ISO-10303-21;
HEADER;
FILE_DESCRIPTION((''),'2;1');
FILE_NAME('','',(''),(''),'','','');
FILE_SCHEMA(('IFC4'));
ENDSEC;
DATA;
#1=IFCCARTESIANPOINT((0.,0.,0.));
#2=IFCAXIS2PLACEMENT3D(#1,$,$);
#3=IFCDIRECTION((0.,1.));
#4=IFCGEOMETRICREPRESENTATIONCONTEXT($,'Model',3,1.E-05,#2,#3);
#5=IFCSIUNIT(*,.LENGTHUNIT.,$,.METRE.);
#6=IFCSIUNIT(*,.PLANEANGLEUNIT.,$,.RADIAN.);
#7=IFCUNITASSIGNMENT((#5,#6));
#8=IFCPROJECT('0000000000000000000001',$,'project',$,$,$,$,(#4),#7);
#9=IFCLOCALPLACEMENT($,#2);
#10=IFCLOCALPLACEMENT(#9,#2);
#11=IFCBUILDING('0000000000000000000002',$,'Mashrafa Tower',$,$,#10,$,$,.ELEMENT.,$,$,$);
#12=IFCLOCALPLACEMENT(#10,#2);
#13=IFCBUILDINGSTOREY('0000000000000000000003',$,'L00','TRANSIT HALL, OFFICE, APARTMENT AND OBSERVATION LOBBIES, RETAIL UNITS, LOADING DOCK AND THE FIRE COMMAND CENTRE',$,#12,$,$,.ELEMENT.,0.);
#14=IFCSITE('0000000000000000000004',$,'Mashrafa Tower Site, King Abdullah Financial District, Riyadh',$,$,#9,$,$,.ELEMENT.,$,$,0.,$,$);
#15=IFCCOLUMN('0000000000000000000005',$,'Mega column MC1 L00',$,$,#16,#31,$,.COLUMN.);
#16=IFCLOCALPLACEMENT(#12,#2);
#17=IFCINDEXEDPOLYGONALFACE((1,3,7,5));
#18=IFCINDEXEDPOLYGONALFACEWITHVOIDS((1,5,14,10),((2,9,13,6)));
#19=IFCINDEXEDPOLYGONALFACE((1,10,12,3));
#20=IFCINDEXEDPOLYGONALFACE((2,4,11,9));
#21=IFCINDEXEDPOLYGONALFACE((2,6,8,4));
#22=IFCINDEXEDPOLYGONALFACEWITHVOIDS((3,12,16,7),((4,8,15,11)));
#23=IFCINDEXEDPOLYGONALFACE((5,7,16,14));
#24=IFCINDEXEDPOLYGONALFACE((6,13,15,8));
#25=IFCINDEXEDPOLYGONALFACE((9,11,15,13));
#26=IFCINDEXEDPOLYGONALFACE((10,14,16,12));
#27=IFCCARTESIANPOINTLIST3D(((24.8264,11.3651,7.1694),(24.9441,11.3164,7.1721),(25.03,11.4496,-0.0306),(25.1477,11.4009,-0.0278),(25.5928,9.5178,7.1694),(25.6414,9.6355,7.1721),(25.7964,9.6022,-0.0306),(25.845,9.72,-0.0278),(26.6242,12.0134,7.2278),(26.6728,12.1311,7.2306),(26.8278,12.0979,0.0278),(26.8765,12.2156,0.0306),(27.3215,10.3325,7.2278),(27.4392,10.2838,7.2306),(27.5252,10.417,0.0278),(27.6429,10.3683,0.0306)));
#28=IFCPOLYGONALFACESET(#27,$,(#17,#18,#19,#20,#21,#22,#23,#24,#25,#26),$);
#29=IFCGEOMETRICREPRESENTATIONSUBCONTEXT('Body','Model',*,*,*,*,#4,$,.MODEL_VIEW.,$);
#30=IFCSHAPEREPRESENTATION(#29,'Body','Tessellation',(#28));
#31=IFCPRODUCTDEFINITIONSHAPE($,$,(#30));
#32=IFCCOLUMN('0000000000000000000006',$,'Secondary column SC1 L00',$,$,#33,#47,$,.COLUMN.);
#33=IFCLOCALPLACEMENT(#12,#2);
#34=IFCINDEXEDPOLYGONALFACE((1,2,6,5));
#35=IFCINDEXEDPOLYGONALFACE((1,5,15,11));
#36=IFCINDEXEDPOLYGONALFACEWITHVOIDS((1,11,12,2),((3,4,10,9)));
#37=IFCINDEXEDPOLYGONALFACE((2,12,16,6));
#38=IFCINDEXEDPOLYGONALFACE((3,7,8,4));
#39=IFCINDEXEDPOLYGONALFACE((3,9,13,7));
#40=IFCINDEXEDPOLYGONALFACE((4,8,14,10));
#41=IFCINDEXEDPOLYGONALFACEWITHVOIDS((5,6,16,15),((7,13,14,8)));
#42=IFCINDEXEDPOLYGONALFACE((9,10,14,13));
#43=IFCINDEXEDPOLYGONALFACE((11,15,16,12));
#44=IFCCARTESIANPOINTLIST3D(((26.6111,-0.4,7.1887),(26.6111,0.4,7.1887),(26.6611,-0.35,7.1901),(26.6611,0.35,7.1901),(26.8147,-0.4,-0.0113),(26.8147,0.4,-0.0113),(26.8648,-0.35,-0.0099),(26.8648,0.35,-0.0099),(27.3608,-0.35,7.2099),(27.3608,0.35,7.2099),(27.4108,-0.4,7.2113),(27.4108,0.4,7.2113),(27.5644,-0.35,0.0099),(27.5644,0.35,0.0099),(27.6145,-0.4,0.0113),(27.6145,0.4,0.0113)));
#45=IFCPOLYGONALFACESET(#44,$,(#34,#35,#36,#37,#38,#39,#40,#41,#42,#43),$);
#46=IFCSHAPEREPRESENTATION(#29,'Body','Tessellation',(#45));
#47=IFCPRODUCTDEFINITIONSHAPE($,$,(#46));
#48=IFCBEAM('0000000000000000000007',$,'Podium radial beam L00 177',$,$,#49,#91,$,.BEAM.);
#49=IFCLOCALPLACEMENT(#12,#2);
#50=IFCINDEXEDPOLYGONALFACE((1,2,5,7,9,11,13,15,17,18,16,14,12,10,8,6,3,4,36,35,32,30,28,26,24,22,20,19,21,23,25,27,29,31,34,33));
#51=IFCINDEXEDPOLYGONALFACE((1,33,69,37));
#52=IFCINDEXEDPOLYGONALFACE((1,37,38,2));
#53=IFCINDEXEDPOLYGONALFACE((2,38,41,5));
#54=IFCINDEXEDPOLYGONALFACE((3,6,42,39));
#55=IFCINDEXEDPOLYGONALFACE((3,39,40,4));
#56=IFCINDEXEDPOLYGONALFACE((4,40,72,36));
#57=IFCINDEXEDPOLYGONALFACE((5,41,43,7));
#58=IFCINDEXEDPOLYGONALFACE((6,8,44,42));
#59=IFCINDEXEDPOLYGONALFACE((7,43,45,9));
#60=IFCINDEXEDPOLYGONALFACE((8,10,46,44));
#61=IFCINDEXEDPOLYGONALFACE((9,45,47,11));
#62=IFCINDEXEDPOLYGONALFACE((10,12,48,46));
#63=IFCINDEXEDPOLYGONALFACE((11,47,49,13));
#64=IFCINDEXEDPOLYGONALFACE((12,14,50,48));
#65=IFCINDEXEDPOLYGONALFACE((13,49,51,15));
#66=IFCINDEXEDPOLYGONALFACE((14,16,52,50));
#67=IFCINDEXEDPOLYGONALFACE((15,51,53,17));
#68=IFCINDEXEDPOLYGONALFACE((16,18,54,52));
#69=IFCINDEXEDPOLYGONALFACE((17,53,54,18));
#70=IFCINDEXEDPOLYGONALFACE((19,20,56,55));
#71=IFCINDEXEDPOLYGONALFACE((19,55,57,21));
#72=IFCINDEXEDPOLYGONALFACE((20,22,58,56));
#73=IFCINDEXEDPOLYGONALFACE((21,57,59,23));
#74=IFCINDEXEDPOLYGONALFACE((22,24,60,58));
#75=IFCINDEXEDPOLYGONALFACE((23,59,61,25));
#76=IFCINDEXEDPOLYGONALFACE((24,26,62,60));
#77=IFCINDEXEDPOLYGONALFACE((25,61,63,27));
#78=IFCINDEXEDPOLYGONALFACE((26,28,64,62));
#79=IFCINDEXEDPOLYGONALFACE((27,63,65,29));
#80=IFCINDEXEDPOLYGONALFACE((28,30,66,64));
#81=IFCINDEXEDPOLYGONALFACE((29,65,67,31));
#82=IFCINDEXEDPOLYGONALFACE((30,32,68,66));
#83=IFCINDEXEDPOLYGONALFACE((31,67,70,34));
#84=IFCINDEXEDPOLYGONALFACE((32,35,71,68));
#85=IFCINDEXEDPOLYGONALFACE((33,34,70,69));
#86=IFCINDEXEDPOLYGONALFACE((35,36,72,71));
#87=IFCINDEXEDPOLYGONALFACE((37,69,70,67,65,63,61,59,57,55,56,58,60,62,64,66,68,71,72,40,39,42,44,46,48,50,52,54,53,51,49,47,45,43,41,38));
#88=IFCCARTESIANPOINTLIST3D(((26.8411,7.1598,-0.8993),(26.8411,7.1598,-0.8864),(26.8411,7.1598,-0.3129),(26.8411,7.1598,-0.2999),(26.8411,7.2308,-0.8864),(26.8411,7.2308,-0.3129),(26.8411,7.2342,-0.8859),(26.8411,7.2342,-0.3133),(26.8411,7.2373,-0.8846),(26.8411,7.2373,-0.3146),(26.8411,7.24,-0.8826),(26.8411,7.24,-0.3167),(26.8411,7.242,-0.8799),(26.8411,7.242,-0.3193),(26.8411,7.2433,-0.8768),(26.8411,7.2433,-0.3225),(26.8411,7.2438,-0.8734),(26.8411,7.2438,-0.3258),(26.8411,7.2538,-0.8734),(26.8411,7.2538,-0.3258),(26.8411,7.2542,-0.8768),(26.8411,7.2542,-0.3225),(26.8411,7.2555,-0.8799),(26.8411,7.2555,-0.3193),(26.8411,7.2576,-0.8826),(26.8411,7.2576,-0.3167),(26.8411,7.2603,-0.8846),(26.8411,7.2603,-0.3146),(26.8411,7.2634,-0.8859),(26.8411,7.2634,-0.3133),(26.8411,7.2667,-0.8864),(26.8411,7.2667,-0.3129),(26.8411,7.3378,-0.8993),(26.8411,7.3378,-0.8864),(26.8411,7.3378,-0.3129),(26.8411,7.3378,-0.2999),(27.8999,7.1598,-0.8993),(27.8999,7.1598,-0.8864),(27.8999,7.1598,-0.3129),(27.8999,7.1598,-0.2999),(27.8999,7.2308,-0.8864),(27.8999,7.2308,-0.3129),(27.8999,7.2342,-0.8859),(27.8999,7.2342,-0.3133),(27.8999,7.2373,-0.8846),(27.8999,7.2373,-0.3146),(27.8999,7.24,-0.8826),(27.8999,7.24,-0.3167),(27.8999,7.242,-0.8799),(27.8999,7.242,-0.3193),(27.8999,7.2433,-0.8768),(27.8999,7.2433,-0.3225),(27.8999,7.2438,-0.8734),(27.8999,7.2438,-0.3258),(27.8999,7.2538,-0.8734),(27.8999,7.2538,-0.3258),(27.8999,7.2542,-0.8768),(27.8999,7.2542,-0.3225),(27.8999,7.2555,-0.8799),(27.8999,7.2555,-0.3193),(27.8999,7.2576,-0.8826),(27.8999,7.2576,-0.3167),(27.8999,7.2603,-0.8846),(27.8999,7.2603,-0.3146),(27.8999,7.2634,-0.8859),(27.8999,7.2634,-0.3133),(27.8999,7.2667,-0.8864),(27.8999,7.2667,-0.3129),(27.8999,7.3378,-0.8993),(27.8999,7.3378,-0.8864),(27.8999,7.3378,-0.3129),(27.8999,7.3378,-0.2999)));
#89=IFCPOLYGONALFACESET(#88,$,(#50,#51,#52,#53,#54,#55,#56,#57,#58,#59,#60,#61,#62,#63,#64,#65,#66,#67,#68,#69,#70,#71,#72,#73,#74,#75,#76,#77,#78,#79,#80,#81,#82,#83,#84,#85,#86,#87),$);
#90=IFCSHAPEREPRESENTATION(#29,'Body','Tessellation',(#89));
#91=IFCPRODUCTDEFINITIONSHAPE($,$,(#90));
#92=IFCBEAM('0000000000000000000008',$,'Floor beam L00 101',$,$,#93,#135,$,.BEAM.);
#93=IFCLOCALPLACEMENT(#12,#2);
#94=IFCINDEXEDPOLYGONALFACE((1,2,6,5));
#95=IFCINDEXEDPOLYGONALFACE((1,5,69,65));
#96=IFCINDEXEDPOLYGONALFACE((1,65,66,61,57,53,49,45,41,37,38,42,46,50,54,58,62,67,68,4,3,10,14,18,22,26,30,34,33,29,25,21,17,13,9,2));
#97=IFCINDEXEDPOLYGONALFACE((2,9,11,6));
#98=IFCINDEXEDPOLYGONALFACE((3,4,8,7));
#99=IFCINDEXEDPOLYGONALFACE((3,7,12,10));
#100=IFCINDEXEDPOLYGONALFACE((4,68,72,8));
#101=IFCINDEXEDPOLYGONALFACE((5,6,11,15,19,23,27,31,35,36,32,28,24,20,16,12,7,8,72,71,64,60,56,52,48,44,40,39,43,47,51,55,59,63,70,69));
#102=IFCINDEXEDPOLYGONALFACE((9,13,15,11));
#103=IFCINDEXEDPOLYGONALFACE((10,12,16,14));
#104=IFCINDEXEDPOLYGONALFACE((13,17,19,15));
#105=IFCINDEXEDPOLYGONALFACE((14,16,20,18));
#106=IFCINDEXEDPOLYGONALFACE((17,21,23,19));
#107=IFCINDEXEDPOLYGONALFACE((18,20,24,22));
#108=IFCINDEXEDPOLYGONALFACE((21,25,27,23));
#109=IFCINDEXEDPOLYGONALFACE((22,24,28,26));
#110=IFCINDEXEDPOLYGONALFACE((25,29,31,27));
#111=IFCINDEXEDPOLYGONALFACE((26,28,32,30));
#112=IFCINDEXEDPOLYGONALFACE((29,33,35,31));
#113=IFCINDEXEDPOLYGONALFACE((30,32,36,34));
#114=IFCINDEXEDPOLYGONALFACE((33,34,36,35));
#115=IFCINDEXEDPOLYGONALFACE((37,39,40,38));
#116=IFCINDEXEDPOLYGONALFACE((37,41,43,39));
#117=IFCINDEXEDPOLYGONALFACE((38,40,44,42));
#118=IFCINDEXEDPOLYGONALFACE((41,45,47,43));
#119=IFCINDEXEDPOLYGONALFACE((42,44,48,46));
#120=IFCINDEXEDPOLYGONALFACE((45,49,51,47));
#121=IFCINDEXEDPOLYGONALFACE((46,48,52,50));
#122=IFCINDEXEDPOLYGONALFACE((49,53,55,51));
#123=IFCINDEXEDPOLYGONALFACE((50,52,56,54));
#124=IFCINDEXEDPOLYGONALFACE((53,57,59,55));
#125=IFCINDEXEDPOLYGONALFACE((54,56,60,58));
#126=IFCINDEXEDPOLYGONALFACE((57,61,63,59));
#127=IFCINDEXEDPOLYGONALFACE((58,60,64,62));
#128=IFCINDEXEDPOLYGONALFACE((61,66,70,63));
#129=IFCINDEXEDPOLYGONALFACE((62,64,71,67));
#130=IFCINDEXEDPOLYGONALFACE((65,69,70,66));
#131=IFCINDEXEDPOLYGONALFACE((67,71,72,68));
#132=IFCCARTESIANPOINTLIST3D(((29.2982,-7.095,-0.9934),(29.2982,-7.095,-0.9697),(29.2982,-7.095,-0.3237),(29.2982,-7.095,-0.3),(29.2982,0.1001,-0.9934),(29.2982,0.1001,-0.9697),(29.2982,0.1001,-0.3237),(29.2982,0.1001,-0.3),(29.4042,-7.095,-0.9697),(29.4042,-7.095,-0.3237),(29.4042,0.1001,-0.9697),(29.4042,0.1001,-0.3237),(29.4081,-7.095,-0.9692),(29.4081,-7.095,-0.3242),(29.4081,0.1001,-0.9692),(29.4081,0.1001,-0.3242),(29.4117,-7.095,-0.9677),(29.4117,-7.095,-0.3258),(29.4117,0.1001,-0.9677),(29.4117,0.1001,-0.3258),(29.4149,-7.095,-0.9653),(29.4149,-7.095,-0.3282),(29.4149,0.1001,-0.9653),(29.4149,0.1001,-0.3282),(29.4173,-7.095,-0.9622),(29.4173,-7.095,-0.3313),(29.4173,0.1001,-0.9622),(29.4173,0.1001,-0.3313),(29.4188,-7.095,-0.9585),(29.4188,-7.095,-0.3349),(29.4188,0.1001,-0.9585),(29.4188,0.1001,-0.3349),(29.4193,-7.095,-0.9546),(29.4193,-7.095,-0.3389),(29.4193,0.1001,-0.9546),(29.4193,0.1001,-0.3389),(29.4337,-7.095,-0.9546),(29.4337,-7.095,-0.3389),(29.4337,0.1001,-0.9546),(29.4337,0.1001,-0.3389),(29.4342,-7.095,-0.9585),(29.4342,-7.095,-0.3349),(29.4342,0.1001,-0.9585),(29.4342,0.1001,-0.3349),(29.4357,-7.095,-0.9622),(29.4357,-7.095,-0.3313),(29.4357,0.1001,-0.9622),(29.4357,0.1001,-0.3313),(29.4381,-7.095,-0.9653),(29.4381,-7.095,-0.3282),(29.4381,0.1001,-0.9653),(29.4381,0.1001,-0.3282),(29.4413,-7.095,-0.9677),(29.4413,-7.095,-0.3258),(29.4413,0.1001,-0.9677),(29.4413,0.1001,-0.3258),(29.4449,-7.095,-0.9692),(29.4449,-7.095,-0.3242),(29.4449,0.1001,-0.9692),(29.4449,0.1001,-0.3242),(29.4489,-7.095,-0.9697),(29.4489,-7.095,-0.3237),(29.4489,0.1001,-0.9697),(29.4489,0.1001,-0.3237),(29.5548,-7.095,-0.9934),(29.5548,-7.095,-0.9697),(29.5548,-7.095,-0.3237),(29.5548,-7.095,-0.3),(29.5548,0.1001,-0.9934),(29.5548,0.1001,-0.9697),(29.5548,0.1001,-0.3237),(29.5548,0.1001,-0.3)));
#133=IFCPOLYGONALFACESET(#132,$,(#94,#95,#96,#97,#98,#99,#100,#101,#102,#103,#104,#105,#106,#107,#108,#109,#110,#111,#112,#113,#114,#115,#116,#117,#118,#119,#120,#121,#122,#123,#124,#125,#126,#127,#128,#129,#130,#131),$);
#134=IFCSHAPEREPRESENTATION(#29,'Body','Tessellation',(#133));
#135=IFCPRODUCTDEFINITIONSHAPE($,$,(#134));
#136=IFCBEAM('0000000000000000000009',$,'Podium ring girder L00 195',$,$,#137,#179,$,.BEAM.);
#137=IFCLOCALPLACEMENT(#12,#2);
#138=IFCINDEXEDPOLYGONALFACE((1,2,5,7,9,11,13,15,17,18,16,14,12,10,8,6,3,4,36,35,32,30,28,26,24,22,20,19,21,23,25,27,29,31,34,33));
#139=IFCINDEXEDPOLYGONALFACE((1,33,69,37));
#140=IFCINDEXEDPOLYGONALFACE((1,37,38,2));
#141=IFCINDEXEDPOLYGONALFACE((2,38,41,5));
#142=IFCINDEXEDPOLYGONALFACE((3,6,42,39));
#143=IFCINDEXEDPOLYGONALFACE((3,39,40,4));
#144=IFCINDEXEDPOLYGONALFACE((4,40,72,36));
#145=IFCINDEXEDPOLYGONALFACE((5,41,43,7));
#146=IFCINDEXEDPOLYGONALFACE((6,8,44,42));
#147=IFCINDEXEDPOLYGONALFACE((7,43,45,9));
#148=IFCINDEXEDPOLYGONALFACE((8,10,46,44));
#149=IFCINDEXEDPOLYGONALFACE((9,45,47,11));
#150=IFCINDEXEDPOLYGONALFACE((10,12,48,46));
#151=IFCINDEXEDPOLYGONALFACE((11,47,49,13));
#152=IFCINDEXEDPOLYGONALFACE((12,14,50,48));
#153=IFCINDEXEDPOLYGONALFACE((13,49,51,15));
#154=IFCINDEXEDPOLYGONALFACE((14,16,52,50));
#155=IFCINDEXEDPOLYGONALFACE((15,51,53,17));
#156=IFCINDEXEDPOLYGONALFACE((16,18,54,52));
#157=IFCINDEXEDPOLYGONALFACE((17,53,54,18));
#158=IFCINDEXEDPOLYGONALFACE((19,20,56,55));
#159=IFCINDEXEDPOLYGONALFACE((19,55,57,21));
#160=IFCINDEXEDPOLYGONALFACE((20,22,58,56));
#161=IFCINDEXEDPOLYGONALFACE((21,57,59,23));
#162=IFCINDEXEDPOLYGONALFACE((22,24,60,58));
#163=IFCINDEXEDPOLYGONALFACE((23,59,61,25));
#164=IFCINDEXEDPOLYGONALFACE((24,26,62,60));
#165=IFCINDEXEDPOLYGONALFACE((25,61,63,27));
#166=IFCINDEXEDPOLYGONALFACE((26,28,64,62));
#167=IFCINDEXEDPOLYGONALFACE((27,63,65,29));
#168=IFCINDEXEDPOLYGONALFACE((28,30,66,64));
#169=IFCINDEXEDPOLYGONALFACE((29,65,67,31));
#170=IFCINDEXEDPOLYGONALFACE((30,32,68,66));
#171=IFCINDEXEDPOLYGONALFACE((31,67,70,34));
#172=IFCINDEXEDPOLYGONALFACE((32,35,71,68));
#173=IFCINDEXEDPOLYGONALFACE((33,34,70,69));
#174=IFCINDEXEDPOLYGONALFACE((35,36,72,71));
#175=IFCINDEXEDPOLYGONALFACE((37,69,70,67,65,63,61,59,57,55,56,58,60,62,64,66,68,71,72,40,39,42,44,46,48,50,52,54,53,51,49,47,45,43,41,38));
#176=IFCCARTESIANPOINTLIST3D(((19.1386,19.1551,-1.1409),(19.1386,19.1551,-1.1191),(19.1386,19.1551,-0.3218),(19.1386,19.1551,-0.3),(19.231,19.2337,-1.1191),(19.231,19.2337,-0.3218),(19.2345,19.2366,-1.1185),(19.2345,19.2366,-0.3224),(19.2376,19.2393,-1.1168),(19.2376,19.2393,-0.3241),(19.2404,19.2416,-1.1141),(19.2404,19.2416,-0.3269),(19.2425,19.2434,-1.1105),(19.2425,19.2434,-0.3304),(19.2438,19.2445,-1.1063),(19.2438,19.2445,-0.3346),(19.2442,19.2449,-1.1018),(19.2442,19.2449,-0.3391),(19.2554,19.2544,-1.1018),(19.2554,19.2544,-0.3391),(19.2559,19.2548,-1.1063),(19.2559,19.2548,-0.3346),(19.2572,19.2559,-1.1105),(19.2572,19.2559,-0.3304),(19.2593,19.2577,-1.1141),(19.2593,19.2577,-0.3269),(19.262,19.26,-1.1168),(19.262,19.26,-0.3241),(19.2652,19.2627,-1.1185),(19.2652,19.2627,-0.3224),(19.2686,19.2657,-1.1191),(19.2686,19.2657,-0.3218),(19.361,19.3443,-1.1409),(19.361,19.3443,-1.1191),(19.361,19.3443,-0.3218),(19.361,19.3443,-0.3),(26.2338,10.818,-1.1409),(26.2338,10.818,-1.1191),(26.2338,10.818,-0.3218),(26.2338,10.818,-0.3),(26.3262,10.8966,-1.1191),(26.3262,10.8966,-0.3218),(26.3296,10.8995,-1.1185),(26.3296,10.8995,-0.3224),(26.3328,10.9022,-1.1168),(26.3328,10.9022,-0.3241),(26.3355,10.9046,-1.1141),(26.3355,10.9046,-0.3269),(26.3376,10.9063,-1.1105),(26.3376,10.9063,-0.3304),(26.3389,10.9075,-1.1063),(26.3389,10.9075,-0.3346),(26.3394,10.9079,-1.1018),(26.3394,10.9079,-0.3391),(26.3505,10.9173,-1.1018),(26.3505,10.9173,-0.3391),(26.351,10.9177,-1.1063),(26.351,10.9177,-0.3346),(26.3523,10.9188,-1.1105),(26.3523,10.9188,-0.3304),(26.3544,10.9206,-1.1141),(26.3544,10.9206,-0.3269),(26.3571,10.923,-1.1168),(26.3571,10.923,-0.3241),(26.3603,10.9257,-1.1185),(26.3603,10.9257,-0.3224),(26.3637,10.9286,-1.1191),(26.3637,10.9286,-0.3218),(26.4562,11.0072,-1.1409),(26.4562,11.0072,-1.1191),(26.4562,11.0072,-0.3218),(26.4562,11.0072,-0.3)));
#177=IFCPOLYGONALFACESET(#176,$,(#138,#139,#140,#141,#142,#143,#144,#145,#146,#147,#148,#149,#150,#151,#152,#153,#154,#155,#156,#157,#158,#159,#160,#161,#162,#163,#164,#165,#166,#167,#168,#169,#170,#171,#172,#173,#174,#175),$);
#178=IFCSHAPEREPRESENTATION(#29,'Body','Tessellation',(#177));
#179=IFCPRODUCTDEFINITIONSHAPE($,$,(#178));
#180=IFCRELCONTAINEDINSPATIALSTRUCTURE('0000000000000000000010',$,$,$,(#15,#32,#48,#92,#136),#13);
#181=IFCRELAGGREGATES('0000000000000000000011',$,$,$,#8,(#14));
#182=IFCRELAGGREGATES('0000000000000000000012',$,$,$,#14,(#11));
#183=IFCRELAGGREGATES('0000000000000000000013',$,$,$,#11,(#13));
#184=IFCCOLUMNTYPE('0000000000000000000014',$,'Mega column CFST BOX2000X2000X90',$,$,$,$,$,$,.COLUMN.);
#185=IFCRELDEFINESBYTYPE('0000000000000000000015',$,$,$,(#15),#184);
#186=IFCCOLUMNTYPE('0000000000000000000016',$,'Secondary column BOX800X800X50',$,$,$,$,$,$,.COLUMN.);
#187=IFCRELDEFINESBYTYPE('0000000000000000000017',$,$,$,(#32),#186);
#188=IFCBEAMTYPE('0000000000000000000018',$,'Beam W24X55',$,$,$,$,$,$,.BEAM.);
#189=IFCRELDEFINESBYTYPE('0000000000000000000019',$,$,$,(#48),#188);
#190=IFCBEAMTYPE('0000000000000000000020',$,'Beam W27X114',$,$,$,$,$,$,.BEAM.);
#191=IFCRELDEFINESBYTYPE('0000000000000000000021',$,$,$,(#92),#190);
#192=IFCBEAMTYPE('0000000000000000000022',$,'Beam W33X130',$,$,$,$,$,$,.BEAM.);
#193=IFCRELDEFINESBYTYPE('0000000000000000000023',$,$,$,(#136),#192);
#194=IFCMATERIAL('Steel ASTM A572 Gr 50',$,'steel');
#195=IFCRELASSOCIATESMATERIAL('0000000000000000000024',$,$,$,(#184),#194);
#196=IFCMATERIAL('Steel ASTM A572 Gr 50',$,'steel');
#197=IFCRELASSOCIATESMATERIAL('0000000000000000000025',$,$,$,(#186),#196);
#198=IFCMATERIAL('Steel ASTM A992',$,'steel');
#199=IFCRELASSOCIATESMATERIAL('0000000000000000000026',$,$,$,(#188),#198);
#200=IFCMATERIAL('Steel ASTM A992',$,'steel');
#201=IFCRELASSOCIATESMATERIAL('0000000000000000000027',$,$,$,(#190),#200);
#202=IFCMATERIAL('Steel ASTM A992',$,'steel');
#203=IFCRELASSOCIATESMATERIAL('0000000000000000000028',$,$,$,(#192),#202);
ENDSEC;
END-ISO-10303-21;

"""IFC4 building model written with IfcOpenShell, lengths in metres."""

from ifc_helpers import new_model, si_unit, direction, frame, origin, origin_2d, place, context, subcontext, project, spatial, hollow_rectangle, i_section, extrude, material, material_profile, profile_set, type_object, element, save


model = new_model("IFC4")

# Units and contexts
model_context = context("Model", 3, precision=1e-05, world=origin(), true_north=direction((0.0, 1.0)))
body_context = subcontext(model_context, "Body", "Model", "MODEL_VIEW")
ifc_project = project(units=[si_unit("LENGTHUNIT", "METRE"), si_unit("PLANEANGLEUNIT", "RADIAN")], contexts=[model_context])

# Site, building, storey
site_placement = place(None, origin())
site = spatial("IfcSite", under=ifc_project, at=site_placement, Name="Mashrafa Tower Site, King Abdullah Financial District, Riyadh", CompositionType="ELEMENT", RefElevation=0.0)
building_placement = place(site_placement, origin())
building = spatial("IfcBuilding", under=site, at=building_placement, Name="Mashrafa Tower", CompositionType="ELEMENT")
storey_placement = place(building_placement, origin())
storey = spatial("IfcBuildingStorey", under=building, at=storey_placement, Name="L00", Description="TRANSIT HALL, OFFICE, APARTMENT AND OBSERVATION LOBBIES, RETAIL UNITS, LOADING DOCK AND THE FIRE COMMAND CENTRE", CompositionType="ELEMENT", Elevation=0.0)

# Columns
ifc_material_1 = material(Name="Steel ASTM A572 Gr 50", Category="steel")
ifc_material_profile_1 = material_profile(ifc_material_1, hollow_rectangle(XDim=2.0, YDim=2.0, WallThickness=0.0901, at=origin_2d()), Name="BOX2000X2000X90")
ifc_profile_set_1 = profile_set([ifc_material_profile_1], Name="Steel ASTM A572 Gr 50")
column_type_1 = type_object("IfcColumnType", Name="Mega column CFST BOX2000X2000X90", PredefinedType="COLUMN", material=ifc_profile_set_1)
column_1_placement = place(storey_placement, frame((26.3364, 10.9089, 0.0), z_axis=(-0.028267, -0.011727, 0.999532), x_axis=(0.383199, -0.923666, 0.0)))
element("IfcColumn", 1, at=column_1_placement, inside=storey, type_object=column_type_1, Name="Mega column MC1 L00", PredefinedType="COLUMN", context=body_context, shape_type="SweptSolid", body=[
    extrude(hollow_rectangle(XDim=2.0, YDim=2.0, WallThickness=0.0901, at=origin_2d()), origin(), (0.0, 0.0, 1.0), 7.2034),
])
ifc_material_2 = material(Name="Steel ASTM A572 Gr 50", Category="steel")
ifc_material_profile_2 = material_profile(ifc_material_2, hollow_rectangle(XDim=0.8, YDim=0.8, WallThickness=0.05, at=origin_2d()), Name="BOX800X800X50")
ifc_profile_set_2 = profile_set([ifc_material_profile_2], Name="Steel ASTM A572 Gr 50")
column_type_2 = type_object("IfcColumnType", Name="Secondary column BOX800X800X50", PredefinedType="COLUMN", material=ifc_profile_set_2)
column_2_placement = place(storey_placement, frame((27.2146, 0.0, 0.0), z_axis=(-0.028269, 0.0, 0.9996), x_axis=(0.0, -1.0, 0.0)))
element("IfcColumn", 2, at=column_2_placement, inside=storey, type_object=column_type_2, Name="Secondary column SC1 L00", PredefinedType="COLUMN", context=body_context, shape_type="SweptSolid", body=[
    extrude(hollow_rectangle(XDim=0.8, YDim=0.8, WallThickness=0.05, at=origin_2d()), origin(), (0.0, 0.0, 1.0), 7.2029),
])

# Beams
ifc_material_3 = material(Name="Steel ASTM A992", Category="steel")
ifc_material_profile_3 = material_profile(ifc_material_3, i_section(OverallWidth=0.178, OverallDepth=0.5994, WebThickness=0.01, FlangeThickness=0.0129, FilletRadius=0.0129, at=origin_2d()), Name="W24X55")
ifc_profile_set_3 = profile_set([ifc_material_profile_3], Name="Steel ASTM A992")
beam_type_1 = type_object("IfcBeamType", Name="Beam W24X55", PredefinedType="BEAM", material=ifc_profile_set_3)
beam_1_placement = place(storey_placement, frame((26.8411, 7.2488, -0.5996), z_axis=(1.0, 0.0, 0.0), x_axis=(0.0, 1.0, 0.0)))
element("IfcBeam", 3, at=beam_1_placement, inside=storey, type_object=beam_type_1, Name="Podium radial beam L00 177", PredefinedType="BEAM", context=body_context, shape_type="SweptSolid", body=[
    extrude(i_section(OverallWidth=0.178, OverallDepth=0.5994, WebThickness=0.01, FlangeThickness=0.0129, FilletRadius=0.0129, at=origin_2d()), origin(), (0.0, 0.0, 1.0), 1.0588),
])
ifc_material_4 = material(Name="Steel ASTM A992", Category="steel")
ifc_material_profile_4 = material_profile(ifc_material_4, i_section(OverallWidth=0.2566, OverallDepth=0.6934, WebThickness=0.0144, FlangeThickness=0.0237, FilletRadius=0.0151, at=origin_2d()), Name="W27X114")
ifc_profile_set_4 = profile_set([ifc_material_profile_4], Name="Steel ASTM A992")
beam_type_2 = type_object("IfcBeamType", Name="Beam W27X114", PredefinedType="BEAM", material=ifc_profile_set_4)
beam_2_placement = place(storey_placement, frame((29.4265, 0.1001, -0.6467), z_axis=(0.0, -1.0, 0.0), x_axis=(1.0, 0.0, 0.0)))
element("IfcBeam", 4, at=beam_2_placement, inside=storey, type_object=beam_type_2, Name="Floor beam L00 101", PredefinedType="BEAM", context=body_context, shape_type="SweptSolid", body=[
    extrude(i_section(OverallWidth=0.2566, OverallDepth=0.6934, WebThickness=0.0144, FlangeThickness=0.0237, FilletRadius=0.0151, at=origin_2d()), origin(), (0.0, 0.0, 1.0), 7.1951),
])
ifc_material_5 = material(Name="Steel ASTM A992", Category="steel")
ifc_material_profile_5 = material_profile(ifc_material_5, i_section(OverallWidth=0.292, OverallDepth=0.8408, WebThickness=0.0146, FlangeThickness=0.0217, FilletRadius=0.0173, at=origin_2d()), Name="W33X130")
ifc_profile_set_5 = profile_set([ifc_material_profile_5], Name="Steel ASTM A992")
beam_type_3 = type_object("IfcBeamType", Name="Beam W33X130", PredefinedType="BEAM", material=ifc_profile_set_5)
beam_3_placement = place(storey_placement, frame((26.345, 10.9126, -0.7205), z_axis=(-0.648106, 0.76155, 0.0), x_axis=(-0.76155, -0.648106, 0.0)))
element("IfcBeam", 5, at=beam_3_placement, inside=storey, type_object=beam_type_3, Name="Podium ring girder L00 195", PredefinedType="BEAM", context=body_context, shape_type="SweptSolid", body=[
    extrude(i_section(OverallWidth=0.292, OverallDepth=0.8408, WebThickness=0.0146, FlangeThickness=0.0217, FilletRadius=0.0173, at=origin_2d()), origin(), (0.0, 0.0, 1.0), 10.9475),
])

save(model, "model.ifc")
